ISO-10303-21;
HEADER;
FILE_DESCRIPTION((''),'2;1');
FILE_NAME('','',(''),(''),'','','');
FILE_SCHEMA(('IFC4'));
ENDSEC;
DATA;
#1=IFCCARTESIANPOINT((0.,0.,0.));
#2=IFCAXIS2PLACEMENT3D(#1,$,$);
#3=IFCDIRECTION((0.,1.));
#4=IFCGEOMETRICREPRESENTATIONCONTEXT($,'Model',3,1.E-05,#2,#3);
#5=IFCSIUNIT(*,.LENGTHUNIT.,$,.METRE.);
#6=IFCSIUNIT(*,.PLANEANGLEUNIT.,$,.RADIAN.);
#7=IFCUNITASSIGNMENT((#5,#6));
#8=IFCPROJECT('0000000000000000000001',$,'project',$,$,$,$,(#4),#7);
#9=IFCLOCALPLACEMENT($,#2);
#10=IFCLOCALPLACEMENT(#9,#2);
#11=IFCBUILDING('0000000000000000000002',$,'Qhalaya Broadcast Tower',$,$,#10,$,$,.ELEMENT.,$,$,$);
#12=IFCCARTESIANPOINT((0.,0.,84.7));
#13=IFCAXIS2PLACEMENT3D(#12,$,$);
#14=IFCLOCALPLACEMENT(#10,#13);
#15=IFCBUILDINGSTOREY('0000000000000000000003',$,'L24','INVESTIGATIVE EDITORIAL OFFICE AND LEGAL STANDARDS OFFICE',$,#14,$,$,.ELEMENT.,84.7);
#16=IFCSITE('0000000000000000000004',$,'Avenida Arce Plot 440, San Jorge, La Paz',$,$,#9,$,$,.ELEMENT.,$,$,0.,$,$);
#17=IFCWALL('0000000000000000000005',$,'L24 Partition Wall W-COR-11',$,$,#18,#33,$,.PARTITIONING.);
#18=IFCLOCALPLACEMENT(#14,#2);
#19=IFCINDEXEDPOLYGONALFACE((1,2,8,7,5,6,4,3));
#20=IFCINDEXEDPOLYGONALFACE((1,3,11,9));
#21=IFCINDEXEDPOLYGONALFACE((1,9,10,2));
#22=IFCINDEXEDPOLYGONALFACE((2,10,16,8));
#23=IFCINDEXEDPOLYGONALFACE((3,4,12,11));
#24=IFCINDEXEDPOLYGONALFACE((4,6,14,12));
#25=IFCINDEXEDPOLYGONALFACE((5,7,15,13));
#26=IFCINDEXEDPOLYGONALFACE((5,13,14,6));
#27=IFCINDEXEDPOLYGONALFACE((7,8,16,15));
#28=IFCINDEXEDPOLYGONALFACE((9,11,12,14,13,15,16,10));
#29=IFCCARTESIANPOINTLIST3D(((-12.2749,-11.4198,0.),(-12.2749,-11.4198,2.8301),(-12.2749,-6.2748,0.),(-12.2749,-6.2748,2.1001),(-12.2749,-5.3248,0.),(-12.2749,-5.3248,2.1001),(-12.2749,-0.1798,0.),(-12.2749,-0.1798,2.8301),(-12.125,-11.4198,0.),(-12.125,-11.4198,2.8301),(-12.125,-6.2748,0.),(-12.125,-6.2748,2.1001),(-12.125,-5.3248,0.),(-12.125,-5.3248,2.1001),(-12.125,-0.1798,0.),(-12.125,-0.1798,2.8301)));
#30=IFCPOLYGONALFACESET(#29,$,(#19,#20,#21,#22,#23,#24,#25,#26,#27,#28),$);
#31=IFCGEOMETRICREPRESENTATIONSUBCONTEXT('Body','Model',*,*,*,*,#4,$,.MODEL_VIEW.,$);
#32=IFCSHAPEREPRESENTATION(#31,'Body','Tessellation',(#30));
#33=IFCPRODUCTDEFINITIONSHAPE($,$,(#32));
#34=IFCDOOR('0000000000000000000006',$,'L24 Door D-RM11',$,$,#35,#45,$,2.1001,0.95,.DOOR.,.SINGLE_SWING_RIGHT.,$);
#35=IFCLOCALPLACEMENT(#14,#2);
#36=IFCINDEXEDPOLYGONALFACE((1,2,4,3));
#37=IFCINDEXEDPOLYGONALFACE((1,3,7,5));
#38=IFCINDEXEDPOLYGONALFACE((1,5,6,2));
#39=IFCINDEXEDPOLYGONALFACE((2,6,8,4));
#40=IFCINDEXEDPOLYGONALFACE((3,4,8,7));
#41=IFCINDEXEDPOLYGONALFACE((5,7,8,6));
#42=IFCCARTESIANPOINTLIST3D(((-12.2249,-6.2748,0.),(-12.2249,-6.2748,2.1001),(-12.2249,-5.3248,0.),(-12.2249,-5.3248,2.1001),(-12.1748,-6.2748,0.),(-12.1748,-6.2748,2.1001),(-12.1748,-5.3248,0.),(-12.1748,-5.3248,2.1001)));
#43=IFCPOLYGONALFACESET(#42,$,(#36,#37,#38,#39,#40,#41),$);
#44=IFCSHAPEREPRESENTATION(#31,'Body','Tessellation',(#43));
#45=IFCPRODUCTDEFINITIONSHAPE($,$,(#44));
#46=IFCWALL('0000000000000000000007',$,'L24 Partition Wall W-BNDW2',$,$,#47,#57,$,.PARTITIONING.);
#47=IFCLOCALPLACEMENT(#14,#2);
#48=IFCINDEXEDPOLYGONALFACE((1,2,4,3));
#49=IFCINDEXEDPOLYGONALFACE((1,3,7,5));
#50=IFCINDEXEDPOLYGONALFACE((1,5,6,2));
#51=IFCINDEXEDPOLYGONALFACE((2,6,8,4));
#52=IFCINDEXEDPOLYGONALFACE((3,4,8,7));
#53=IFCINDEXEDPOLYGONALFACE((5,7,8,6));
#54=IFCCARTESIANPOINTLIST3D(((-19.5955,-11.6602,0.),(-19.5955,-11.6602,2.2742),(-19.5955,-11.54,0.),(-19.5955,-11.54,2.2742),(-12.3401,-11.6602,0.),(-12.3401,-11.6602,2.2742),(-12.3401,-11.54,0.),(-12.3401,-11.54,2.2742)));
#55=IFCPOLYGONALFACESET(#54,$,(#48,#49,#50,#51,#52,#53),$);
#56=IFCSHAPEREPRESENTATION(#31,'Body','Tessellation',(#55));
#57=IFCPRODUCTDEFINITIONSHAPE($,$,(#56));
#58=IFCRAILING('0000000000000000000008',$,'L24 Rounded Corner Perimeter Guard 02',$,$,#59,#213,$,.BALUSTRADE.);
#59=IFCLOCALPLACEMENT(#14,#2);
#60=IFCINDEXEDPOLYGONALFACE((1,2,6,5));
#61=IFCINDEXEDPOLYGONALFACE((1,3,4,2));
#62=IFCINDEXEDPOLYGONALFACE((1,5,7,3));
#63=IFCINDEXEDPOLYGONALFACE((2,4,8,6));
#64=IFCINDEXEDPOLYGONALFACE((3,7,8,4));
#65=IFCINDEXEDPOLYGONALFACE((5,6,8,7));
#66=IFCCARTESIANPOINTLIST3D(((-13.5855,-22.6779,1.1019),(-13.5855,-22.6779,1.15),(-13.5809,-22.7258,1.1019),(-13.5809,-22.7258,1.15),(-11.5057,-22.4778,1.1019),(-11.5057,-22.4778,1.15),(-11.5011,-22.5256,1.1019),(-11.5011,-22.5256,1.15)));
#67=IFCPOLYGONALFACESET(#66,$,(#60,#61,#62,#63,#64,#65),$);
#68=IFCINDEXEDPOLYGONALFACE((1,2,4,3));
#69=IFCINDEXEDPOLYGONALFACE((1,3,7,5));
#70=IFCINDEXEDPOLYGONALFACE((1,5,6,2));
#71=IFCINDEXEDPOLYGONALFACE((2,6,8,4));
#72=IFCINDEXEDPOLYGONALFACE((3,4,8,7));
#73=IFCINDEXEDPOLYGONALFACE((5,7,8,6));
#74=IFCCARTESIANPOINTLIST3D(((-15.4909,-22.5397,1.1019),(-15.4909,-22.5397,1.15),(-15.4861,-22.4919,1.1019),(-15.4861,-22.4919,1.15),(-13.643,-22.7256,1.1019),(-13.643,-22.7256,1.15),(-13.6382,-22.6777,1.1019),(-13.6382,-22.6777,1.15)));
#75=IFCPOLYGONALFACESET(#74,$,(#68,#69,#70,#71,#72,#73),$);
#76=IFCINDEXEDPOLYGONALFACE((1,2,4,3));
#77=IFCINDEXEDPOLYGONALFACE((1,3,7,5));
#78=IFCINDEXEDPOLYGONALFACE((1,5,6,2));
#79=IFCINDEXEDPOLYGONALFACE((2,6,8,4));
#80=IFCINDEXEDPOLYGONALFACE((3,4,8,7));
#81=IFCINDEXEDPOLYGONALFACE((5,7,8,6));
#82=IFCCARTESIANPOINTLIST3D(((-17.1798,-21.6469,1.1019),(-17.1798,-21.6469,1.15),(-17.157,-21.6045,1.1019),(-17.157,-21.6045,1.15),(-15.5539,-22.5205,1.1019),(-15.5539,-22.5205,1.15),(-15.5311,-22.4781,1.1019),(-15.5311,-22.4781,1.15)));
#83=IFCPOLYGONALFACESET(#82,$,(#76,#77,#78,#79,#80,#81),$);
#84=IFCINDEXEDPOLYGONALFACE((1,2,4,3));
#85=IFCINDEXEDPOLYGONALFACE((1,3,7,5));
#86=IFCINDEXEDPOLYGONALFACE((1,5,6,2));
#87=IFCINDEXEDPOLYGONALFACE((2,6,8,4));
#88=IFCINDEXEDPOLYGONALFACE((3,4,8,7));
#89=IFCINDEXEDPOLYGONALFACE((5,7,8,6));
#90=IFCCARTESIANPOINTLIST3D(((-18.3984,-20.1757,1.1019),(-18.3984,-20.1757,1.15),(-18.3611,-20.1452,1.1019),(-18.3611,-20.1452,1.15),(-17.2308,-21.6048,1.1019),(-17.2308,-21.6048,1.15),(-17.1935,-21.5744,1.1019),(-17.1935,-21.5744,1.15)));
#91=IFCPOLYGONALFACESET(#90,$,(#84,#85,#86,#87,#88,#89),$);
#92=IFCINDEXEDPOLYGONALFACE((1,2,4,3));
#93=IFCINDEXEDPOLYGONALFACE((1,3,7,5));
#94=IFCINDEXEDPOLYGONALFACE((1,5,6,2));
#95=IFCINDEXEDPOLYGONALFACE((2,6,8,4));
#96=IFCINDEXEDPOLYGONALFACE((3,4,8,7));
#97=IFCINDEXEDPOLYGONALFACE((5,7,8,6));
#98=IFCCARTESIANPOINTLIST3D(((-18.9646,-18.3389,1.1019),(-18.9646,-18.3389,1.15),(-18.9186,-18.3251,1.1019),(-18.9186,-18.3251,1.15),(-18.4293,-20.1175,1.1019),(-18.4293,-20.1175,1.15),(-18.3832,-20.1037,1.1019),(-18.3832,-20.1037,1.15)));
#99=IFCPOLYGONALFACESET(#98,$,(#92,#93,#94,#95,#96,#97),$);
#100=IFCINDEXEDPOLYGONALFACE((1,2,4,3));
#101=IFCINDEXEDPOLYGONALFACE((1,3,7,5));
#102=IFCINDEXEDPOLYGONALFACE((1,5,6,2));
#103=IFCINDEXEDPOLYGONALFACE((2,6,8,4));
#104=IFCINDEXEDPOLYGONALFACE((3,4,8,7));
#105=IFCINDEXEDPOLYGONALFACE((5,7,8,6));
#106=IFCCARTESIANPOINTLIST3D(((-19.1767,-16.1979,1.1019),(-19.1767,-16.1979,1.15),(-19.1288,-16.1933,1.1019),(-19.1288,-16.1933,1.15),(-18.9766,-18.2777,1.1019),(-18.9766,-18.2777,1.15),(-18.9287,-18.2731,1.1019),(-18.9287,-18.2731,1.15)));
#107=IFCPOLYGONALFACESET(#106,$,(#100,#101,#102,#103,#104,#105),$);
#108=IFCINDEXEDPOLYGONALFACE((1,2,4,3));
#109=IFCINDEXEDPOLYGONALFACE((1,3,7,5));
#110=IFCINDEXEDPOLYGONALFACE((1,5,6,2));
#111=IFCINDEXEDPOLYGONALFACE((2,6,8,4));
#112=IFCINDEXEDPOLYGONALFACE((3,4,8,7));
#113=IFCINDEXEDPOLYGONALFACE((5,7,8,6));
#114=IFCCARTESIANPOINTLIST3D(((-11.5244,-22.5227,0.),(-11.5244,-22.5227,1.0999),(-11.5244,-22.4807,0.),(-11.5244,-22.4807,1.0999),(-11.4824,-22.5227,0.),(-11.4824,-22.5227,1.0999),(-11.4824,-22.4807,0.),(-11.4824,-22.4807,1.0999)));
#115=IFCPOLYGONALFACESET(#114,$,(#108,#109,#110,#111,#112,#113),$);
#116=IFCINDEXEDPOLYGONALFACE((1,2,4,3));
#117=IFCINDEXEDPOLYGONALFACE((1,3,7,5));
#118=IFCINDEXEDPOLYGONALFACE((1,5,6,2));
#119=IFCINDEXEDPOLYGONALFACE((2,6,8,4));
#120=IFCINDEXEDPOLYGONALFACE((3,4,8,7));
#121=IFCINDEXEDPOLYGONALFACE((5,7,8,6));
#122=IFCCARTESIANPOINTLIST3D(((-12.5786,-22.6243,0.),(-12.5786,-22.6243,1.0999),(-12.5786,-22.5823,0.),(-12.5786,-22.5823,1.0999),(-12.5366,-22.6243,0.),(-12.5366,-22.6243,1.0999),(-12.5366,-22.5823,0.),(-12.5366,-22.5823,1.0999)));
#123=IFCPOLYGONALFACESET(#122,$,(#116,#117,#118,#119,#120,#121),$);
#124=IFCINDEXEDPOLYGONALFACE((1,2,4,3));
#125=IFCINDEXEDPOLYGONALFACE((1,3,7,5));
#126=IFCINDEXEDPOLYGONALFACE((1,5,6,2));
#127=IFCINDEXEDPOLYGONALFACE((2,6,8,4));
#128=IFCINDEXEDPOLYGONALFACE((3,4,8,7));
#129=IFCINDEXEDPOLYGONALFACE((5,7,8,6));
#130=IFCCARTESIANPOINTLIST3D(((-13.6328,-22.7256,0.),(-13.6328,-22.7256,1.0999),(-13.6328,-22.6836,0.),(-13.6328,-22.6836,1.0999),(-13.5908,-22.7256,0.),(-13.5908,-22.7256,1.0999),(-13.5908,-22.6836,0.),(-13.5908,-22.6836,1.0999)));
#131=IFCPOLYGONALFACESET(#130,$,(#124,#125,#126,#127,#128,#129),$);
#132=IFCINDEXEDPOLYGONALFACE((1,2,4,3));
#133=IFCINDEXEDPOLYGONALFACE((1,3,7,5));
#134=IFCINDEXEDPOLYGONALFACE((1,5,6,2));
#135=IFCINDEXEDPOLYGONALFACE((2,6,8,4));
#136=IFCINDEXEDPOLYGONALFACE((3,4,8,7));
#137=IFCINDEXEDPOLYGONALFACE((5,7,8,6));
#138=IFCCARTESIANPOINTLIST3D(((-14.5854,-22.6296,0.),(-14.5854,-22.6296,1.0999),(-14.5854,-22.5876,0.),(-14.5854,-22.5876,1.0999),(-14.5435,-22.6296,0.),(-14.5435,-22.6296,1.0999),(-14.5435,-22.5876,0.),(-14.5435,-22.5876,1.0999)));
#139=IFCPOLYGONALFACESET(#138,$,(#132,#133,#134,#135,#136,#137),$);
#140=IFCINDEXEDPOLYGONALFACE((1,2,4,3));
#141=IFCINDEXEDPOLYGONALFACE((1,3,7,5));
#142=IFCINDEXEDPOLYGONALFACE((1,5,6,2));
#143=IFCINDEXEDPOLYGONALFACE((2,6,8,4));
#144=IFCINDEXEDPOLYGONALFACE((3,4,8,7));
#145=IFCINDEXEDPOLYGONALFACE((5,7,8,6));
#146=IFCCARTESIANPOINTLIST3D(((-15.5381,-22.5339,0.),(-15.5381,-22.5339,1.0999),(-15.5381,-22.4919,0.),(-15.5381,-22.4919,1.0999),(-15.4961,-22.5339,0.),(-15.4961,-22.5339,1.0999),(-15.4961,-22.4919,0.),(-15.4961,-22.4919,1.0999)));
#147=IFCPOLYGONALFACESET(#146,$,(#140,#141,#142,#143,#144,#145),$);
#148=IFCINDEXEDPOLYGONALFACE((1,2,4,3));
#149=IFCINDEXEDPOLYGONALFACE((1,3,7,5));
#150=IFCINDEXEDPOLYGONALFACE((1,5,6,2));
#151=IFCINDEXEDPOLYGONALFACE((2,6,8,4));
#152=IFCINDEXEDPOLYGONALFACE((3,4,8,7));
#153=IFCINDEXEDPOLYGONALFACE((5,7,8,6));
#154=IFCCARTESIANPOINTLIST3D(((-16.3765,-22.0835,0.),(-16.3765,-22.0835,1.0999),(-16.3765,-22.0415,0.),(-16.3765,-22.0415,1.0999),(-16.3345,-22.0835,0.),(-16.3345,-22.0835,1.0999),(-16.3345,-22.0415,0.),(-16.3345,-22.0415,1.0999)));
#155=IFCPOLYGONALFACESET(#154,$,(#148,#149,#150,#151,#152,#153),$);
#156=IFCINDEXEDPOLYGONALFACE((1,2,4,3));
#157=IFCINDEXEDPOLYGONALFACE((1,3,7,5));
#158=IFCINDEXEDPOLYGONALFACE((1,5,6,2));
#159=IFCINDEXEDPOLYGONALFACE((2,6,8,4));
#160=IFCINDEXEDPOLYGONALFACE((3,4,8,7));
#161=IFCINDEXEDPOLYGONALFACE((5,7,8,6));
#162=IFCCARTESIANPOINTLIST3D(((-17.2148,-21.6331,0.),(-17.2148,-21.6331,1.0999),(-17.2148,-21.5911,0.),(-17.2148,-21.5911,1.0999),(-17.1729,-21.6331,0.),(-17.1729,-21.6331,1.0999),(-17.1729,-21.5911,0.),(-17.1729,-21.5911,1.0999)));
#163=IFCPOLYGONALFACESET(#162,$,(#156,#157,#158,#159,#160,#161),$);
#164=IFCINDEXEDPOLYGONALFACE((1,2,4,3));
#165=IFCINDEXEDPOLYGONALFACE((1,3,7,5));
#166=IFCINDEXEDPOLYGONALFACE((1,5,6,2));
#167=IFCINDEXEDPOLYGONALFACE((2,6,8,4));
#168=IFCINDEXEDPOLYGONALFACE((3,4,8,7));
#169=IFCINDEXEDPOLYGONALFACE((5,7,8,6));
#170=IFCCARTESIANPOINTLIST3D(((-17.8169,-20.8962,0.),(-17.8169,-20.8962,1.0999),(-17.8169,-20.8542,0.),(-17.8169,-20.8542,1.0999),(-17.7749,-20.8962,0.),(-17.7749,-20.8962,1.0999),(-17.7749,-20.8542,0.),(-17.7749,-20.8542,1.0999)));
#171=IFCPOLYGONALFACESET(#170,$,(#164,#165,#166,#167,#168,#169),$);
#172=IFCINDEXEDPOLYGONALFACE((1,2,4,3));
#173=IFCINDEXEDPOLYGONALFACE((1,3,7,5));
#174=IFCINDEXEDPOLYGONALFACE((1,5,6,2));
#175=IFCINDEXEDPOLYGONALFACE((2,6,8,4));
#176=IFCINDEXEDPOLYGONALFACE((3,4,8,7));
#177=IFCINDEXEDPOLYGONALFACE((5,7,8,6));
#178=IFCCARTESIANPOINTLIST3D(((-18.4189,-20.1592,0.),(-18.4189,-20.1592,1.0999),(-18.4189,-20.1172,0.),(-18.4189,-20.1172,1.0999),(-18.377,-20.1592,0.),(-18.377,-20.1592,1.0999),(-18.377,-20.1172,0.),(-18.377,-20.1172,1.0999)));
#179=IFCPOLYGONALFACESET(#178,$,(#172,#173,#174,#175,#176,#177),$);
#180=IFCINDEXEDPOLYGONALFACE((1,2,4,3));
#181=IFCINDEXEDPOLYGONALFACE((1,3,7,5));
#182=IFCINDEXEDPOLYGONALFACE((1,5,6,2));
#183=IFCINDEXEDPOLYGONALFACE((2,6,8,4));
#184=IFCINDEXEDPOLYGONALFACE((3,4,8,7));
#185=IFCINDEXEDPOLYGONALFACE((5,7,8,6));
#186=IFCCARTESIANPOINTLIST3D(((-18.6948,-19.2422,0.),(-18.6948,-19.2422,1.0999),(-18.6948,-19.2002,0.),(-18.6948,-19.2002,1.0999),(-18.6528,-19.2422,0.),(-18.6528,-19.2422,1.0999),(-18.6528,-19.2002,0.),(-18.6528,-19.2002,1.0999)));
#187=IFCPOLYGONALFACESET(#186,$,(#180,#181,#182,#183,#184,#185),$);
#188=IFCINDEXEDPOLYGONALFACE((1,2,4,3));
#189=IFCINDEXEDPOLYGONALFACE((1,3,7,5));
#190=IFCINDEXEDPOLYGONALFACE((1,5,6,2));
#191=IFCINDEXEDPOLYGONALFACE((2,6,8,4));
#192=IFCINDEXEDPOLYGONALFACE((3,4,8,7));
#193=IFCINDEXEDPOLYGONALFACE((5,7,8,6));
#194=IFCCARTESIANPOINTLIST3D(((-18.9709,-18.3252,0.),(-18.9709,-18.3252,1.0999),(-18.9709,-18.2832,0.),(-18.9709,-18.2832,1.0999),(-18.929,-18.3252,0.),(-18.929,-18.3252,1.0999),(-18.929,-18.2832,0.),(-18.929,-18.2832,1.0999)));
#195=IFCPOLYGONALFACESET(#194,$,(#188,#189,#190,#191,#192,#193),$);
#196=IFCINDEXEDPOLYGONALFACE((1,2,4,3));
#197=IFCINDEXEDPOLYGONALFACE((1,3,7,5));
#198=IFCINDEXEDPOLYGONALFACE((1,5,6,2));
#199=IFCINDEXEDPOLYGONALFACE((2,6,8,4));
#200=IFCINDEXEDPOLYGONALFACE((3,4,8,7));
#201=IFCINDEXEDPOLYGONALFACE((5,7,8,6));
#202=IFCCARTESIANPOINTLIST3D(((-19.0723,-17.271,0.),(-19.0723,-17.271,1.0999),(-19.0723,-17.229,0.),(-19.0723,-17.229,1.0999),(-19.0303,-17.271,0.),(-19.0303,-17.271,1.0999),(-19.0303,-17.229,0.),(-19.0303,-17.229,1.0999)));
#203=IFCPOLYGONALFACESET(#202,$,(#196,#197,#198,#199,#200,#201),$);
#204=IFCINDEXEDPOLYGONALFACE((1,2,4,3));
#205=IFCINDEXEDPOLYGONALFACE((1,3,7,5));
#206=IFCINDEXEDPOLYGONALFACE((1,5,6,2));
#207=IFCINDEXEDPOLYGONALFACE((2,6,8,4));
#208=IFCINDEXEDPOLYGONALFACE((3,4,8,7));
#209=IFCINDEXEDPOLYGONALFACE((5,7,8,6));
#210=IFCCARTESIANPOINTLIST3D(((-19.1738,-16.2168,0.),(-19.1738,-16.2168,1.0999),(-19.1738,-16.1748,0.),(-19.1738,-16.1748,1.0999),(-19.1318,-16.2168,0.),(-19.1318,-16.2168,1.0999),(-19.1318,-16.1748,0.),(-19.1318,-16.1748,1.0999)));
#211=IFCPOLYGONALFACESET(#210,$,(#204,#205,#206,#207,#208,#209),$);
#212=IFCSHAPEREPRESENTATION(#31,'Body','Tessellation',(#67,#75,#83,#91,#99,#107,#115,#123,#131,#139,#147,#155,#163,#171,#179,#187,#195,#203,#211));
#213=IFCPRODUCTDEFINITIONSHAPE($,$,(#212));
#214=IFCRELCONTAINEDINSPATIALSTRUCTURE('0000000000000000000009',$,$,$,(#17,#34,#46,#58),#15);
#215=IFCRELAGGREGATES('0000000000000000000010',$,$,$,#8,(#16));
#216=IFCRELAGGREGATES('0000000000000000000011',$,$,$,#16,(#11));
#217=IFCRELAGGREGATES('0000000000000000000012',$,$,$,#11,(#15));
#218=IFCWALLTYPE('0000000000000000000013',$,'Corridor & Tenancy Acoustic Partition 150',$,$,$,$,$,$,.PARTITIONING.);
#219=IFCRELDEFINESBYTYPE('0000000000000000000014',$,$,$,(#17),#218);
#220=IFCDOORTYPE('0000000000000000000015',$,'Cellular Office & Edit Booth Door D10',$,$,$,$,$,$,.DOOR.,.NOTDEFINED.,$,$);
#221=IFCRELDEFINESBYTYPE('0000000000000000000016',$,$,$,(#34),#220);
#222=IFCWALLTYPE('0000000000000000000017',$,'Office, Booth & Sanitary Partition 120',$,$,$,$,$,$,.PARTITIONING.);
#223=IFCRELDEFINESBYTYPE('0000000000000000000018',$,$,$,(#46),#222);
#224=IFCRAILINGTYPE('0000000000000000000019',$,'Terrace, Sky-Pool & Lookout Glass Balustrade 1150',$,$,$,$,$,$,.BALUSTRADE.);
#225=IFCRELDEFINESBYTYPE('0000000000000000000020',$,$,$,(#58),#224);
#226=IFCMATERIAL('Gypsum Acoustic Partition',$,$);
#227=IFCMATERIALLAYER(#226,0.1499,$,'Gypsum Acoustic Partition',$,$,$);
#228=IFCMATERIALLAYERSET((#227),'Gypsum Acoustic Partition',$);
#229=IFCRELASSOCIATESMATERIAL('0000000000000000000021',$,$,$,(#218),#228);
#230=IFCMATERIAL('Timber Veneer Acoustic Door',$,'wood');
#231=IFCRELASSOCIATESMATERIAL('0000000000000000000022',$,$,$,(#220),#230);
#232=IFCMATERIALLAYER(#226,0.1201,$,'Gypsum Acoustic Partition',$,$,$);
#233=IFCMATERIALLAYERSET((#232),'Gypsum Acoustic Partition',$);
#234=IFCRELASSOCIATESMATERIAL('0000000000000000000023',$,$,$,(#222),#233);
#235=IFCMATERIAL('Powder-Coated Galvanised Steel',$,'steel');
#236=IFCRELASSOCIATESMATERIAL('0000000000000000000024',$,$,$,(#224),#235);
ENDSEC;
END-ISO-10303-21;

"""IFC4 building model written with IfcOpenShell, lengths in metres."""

from ifc_helpers import new_model, si_unit, direction, frame, frame_2d, origin, origin_2d, place, context, subcontext, project, spatial, rectangle, extrude, material, layer, layer_set, type_object, element, fill, save


model = new_model("IFC4")

# Units and contexts
model_context = context("Model", 3, precision=1e-05, world=origin(), true_north=direction((0.0, 1.0)))
body_context = subcontext(model_context, "Body", "Model", "MODEL_VIEW")
ifc_project = project(units=[si_unit("LENGTHUNIT", "METRE"), si_unit("PLANEANGLEUNIT", "RADIAN")], contexts=[model_context])

# Site, building, storey
site_placement = place(None, origin())
site = spatial("IfcSite", under=ifc_project, at=site_placement, Name="Avenida Arce Plot 440, San Jorge, La Paz", CompositionType="ELEMENT", RefElevation=0.0)
building_placement = place(site_placement, origin())
building = spatial("IfcBuilding", under=site, at=building_placement, Name="Qhalaya Broadcast Tower", CompositionType="ELEMENT")
storey_placement = place(building_placement, frame((0.0, 0.0, 84.7)))
storey = spatial("IfcBuildingStorey", under=building, at=storey_placement, Name="L24", Description="INVESTIGATIVE EDITORIAL OFFICE AND LEGAL STANDARDS OFFICE", CompositionType="ELEMENT", Elevation=84.7)

# Wall, opening, door
ifc_material_1 = material(Name="Gypsum Acoustic Partition")
ifc_layer_1 = layer(ifc_material_1, 0.1499, Name="Gypsum Acoustic Partition")
ifc_layer_set_1 = layer_set([ifc_layer_1], Name="Gypsum Acoustic Partition")
wall_type_1 = type_object("IfcWallType", Name="Corridor & Tenancy Acoustic Partition 150", PredefinedType="PARTITIONING", material=ifc_layer_set_1)
ifc_material_2 = material(Name="Timber Veneer Acoustic Door", Category="wood")
door_type = type_object("IfcDoorType", Name="Cellular Office & Edit Booth Door D10", OperationType="NOTDEFINED", PredefinedType="DOOR", material=ifc_material_2)
wall_1_placement = place(storey_placement, frame((-12.2, -11.4199, 0.0), z_axis=(0.0, 0.0, 1.0), x_axis=(0.0, 1.0, 0.0)))
wall_1 = element("IfcWall", 1, at=wall_1_placement, inside=storey, type_object=wall_type_1, Name="L24 Partition Wall W-COR-11", PredefinedType="PARTITIONING", context=body_context, shape_type="SweptSolid", body=[
    extrude(rectangle(XDim=11.24, YDim=0.1499, at=frame_2d((5.6201, 0.0))), origin(), (0.0, 0.0, 1.0), 2.8301),
])
opening_1_placement = place(wall_1_placement, frame((5.145, 0.0, 0.0)))
opening_1 = element("IfcOpeningElement", 2, at=opening_1_placement, cuts=wall_1, PredefinedType="OPENING", context=body_context, shape_type="SweptSolid", body=[
    extrude(rectangle(XDim=0.95, YDim=2.1001, at=frame_2d((0.4751, 1.05))), frame((0.0, 0.0869, 0.0), z_axis=(0.0, -1.0, 0.0), x_axis=(1.0, 0.0, 0.0)), (0.0, 0.0, 1.0), 0.1738),
])
door_1_placement = place(opening_1_placement, origin())
door_1 = element("IfcDoor", 3, at=door_1_placement, inside=storey, type_object=door_type, Name="L24 Door D-RM11", OperationType="SINGLE_SWING_RIGHT", OverallHeight=2.1001, OverallWidth=0.95, PredefinedType="DOOR", context=body_context, shape_type="SweptSolid", body=[
    extrude(rectangle(XDim=0.95, YDim=2.1001, at=frame_2d((0.4751, 1.05))), frame((0.0, 0.0249, 0.0), z_axis=(0.0, -1.0, 0.0), x_axis=(1.0, 0.0, 0.0)), (0.0, 0.0, 1.0), 0.05),
])
fill(opening_1, door_1)

# Wall
ifc_layer_2 = layer(ifc_material_1, 0.1201, Name="Gypsum Acoustic Partition")
ifc_layer_set_2 = layer_set([ifc_layer_2], Name="Gypsum Acoustic Partition")
wall_type_2 = type_object("IfcWallType", Name="Office, Booth & Sanitary Partition 120", PredefinedType="PARTITIONING", material=ifc_layer_set_2)
wall_2_placement = place(storey_placement, frame((-19.5955, -11.6001, 0.0), z_axis=(0.0, 0.0, 1.0), x_axis=(1.0, 0.0, 0.0)))
element("IfcWall", 4, at=wall_2_placement, inside=storey, type_object=wall_type_2, Name="L24 Partition Wall W-BNDW2", PredefinedType="PARTITIONING", context=body_context, shape_type="SweptSolid", body=[
    extrude(rectangle(XDim=7.2554, YDim=0.1201, at=frame_2d((3.6277, 0.0))), origin(), (0.0, 0.0, 1.0), 2.2742),
])

# Railing
ifc_material_3 = material(Name="Powder-Coated Galvanised Steel", Category="steel")
railing_type = type_object("IfcRailingType", Name="Terrace, Sky-Pool & Lookout Glass Balustrade 1150", PredefinedType="BALUSTRADE", material=ifc_material_3)
railing_placement = place(storey_placement, frame((-11.5034, -22.5017, 0.0)))
element("IfcRailing", 5, at=railing_placement, inside=storey, type_object=railing_type, Name="L24 Rounded Corner Perimeter Guard 02", PredefinedType="BALUSTRADE", context=body_context, shape_type="SweptSolid", body=[
    extrude(rectangle(XDim=0.0481, YDim=0.0481, at=origin_2d()), frame((0.0, 0.0, 1.126), z_axis=(-0.995402, -0.095783, 0.0), x_axis=(0.095783, -0.995402, 0.0)), (0.0, 0.0, 1.0), 2.0894),
    extrude(rectangle(XDim=0.0481, YDim=0.0481, at=origin_2d()), frame((-2.1372, -0.2, 1.126), z_axis=(-0.994979, 0.100084, 0.0), x_axis=(-0.100084, -0.994979, 0.0)), (0.0, 0.0, 1.0), 1.8572),
    extrude(rectangle(XDim=0.0481, YDim=0.0481, at=origin_2d()), frame((-4.0391, 0.0024, 1.126), z_axis=(-0.880907, 0.473289, 0.0), x_axis=(-0.473289, -0.880907, 0.0)), (0.0, 0.0, 1.0), 1.8457),
    extrude(rectangle(XDim=0.0481, YDim=0.0481, at=origin_2d()), frame((-5.7087, 0.9121, 1.126), z_axis=(-0.632672, 0.77442, 0.0), x_axis=(-0.77442, -0.632672, 0.0)), (0.0, 0.0, 1.0), 1.8455),
    extrude(rectangle(XDim=0.0481, YDim=0.0481, at=origin_2d()), frame((-6.9028, 2.3911, 1.126), z_axis=(-0.288213, 0.957566, 0.0), x_axis=(-0.957566, -0.288213, 0.0)), (0.0, 0.0, 1.0), 1.8574),
    extrude(rectangle(XDim=0.0481, YDim=0.0481, at=origin_2d()), frame((-7.4492, 4.2263, 1.126), z_axis=(-0.095783, 0.995402, 0.0), x_axis=(-0.995402, -0.095783, 0.0)), (0.0, 0.0, 1.0), 2.0894),
    extrude(rectangle(XDim=0.042, YDim=0.042, at=origin_2d()), origin(), (0.0, 0.0, 1.0), 1.0999),
    extrude(rectangle(XDim=0.042, YDim=0.042, at=origin_2d()), frame((-1.0542, -0.1016, 0.0)), (0.0, 0.0, 1.0), 1.0999),
    extrude(rectangle(XDim=0.042, YDim=0.042, at=origin_2d()), frame((-2.1084, -0.2029, 0.0)), (0.0, 0.0, 1.0), 1.0999),
    extrude(rectangle(XDim=0.042, YDim=0.042, at=origin_2d()), frame((-3.061, -0.1069, 0.0)), (0.0, 0.0, 1.0), 1.0999),
    extrude(rectangle(XDim=0.042, YDim=0.042, at=origin_2d()), frame((-4.0137, -0.0112, 0.0)), (0.0, 0.0, 1.0), 1.0999),
    extrude(rectangle(XDim=0.042, YDim=0.042, at=origin_2d()), frame((-4.8521, 0.4392, 0.0)), (0.0, 0.0, 1.0), 1.0999),
    extrude(rectangle(XDim=0.042, YDim=0.042, at=origin_2d()), frame((-5.6904, 0.8896, 0.0)), (0.0, 0.0, 1.0), 1.0999),
    extrude(rectangle(XDim=0.042, YDim=0.042, at=origin_2d()), frame((-6.2925, 1.6265, 0.0)), (0.0, 0.0, 1.0), 1.0999),
    extrude(rectangle(XDim=0.042, YDim=0.042, at=origin_2d()), frame((-6.8945, 2.3635, 0.0)), (0.0, 0.0, 1.0), 1.0999),
    extrude(rectangle(XDim=0.042, YDim=0.042, at=origin_2d()), frame((-7.1704, 3.2805, 0.0)), (0.0, 0.0, 1.0), 1.0999),
    extrude(rectangle(XDim=0.042, YDim=0.042, at=origin_2d()), frame((-7.4465, 4.1975, 0.0)), (0.0, 0.0, 1.0), 1.0999),
    extrude(rectangle(XDim=0.042, YDim=0.042, at=origin_2d()), frame((-7.5479, 5.2517, 0.0)), (0.0, 0.0, 1.0), 1.0999),
    extrude(rectangle(XDim=0.042, YDim=0.042, at=origin_2d()), frame((-7.6494, 6.3059, 0.0)), (0.0, 0.0, 1.0), 1.0999),
])

save(model, "model.ifc")
